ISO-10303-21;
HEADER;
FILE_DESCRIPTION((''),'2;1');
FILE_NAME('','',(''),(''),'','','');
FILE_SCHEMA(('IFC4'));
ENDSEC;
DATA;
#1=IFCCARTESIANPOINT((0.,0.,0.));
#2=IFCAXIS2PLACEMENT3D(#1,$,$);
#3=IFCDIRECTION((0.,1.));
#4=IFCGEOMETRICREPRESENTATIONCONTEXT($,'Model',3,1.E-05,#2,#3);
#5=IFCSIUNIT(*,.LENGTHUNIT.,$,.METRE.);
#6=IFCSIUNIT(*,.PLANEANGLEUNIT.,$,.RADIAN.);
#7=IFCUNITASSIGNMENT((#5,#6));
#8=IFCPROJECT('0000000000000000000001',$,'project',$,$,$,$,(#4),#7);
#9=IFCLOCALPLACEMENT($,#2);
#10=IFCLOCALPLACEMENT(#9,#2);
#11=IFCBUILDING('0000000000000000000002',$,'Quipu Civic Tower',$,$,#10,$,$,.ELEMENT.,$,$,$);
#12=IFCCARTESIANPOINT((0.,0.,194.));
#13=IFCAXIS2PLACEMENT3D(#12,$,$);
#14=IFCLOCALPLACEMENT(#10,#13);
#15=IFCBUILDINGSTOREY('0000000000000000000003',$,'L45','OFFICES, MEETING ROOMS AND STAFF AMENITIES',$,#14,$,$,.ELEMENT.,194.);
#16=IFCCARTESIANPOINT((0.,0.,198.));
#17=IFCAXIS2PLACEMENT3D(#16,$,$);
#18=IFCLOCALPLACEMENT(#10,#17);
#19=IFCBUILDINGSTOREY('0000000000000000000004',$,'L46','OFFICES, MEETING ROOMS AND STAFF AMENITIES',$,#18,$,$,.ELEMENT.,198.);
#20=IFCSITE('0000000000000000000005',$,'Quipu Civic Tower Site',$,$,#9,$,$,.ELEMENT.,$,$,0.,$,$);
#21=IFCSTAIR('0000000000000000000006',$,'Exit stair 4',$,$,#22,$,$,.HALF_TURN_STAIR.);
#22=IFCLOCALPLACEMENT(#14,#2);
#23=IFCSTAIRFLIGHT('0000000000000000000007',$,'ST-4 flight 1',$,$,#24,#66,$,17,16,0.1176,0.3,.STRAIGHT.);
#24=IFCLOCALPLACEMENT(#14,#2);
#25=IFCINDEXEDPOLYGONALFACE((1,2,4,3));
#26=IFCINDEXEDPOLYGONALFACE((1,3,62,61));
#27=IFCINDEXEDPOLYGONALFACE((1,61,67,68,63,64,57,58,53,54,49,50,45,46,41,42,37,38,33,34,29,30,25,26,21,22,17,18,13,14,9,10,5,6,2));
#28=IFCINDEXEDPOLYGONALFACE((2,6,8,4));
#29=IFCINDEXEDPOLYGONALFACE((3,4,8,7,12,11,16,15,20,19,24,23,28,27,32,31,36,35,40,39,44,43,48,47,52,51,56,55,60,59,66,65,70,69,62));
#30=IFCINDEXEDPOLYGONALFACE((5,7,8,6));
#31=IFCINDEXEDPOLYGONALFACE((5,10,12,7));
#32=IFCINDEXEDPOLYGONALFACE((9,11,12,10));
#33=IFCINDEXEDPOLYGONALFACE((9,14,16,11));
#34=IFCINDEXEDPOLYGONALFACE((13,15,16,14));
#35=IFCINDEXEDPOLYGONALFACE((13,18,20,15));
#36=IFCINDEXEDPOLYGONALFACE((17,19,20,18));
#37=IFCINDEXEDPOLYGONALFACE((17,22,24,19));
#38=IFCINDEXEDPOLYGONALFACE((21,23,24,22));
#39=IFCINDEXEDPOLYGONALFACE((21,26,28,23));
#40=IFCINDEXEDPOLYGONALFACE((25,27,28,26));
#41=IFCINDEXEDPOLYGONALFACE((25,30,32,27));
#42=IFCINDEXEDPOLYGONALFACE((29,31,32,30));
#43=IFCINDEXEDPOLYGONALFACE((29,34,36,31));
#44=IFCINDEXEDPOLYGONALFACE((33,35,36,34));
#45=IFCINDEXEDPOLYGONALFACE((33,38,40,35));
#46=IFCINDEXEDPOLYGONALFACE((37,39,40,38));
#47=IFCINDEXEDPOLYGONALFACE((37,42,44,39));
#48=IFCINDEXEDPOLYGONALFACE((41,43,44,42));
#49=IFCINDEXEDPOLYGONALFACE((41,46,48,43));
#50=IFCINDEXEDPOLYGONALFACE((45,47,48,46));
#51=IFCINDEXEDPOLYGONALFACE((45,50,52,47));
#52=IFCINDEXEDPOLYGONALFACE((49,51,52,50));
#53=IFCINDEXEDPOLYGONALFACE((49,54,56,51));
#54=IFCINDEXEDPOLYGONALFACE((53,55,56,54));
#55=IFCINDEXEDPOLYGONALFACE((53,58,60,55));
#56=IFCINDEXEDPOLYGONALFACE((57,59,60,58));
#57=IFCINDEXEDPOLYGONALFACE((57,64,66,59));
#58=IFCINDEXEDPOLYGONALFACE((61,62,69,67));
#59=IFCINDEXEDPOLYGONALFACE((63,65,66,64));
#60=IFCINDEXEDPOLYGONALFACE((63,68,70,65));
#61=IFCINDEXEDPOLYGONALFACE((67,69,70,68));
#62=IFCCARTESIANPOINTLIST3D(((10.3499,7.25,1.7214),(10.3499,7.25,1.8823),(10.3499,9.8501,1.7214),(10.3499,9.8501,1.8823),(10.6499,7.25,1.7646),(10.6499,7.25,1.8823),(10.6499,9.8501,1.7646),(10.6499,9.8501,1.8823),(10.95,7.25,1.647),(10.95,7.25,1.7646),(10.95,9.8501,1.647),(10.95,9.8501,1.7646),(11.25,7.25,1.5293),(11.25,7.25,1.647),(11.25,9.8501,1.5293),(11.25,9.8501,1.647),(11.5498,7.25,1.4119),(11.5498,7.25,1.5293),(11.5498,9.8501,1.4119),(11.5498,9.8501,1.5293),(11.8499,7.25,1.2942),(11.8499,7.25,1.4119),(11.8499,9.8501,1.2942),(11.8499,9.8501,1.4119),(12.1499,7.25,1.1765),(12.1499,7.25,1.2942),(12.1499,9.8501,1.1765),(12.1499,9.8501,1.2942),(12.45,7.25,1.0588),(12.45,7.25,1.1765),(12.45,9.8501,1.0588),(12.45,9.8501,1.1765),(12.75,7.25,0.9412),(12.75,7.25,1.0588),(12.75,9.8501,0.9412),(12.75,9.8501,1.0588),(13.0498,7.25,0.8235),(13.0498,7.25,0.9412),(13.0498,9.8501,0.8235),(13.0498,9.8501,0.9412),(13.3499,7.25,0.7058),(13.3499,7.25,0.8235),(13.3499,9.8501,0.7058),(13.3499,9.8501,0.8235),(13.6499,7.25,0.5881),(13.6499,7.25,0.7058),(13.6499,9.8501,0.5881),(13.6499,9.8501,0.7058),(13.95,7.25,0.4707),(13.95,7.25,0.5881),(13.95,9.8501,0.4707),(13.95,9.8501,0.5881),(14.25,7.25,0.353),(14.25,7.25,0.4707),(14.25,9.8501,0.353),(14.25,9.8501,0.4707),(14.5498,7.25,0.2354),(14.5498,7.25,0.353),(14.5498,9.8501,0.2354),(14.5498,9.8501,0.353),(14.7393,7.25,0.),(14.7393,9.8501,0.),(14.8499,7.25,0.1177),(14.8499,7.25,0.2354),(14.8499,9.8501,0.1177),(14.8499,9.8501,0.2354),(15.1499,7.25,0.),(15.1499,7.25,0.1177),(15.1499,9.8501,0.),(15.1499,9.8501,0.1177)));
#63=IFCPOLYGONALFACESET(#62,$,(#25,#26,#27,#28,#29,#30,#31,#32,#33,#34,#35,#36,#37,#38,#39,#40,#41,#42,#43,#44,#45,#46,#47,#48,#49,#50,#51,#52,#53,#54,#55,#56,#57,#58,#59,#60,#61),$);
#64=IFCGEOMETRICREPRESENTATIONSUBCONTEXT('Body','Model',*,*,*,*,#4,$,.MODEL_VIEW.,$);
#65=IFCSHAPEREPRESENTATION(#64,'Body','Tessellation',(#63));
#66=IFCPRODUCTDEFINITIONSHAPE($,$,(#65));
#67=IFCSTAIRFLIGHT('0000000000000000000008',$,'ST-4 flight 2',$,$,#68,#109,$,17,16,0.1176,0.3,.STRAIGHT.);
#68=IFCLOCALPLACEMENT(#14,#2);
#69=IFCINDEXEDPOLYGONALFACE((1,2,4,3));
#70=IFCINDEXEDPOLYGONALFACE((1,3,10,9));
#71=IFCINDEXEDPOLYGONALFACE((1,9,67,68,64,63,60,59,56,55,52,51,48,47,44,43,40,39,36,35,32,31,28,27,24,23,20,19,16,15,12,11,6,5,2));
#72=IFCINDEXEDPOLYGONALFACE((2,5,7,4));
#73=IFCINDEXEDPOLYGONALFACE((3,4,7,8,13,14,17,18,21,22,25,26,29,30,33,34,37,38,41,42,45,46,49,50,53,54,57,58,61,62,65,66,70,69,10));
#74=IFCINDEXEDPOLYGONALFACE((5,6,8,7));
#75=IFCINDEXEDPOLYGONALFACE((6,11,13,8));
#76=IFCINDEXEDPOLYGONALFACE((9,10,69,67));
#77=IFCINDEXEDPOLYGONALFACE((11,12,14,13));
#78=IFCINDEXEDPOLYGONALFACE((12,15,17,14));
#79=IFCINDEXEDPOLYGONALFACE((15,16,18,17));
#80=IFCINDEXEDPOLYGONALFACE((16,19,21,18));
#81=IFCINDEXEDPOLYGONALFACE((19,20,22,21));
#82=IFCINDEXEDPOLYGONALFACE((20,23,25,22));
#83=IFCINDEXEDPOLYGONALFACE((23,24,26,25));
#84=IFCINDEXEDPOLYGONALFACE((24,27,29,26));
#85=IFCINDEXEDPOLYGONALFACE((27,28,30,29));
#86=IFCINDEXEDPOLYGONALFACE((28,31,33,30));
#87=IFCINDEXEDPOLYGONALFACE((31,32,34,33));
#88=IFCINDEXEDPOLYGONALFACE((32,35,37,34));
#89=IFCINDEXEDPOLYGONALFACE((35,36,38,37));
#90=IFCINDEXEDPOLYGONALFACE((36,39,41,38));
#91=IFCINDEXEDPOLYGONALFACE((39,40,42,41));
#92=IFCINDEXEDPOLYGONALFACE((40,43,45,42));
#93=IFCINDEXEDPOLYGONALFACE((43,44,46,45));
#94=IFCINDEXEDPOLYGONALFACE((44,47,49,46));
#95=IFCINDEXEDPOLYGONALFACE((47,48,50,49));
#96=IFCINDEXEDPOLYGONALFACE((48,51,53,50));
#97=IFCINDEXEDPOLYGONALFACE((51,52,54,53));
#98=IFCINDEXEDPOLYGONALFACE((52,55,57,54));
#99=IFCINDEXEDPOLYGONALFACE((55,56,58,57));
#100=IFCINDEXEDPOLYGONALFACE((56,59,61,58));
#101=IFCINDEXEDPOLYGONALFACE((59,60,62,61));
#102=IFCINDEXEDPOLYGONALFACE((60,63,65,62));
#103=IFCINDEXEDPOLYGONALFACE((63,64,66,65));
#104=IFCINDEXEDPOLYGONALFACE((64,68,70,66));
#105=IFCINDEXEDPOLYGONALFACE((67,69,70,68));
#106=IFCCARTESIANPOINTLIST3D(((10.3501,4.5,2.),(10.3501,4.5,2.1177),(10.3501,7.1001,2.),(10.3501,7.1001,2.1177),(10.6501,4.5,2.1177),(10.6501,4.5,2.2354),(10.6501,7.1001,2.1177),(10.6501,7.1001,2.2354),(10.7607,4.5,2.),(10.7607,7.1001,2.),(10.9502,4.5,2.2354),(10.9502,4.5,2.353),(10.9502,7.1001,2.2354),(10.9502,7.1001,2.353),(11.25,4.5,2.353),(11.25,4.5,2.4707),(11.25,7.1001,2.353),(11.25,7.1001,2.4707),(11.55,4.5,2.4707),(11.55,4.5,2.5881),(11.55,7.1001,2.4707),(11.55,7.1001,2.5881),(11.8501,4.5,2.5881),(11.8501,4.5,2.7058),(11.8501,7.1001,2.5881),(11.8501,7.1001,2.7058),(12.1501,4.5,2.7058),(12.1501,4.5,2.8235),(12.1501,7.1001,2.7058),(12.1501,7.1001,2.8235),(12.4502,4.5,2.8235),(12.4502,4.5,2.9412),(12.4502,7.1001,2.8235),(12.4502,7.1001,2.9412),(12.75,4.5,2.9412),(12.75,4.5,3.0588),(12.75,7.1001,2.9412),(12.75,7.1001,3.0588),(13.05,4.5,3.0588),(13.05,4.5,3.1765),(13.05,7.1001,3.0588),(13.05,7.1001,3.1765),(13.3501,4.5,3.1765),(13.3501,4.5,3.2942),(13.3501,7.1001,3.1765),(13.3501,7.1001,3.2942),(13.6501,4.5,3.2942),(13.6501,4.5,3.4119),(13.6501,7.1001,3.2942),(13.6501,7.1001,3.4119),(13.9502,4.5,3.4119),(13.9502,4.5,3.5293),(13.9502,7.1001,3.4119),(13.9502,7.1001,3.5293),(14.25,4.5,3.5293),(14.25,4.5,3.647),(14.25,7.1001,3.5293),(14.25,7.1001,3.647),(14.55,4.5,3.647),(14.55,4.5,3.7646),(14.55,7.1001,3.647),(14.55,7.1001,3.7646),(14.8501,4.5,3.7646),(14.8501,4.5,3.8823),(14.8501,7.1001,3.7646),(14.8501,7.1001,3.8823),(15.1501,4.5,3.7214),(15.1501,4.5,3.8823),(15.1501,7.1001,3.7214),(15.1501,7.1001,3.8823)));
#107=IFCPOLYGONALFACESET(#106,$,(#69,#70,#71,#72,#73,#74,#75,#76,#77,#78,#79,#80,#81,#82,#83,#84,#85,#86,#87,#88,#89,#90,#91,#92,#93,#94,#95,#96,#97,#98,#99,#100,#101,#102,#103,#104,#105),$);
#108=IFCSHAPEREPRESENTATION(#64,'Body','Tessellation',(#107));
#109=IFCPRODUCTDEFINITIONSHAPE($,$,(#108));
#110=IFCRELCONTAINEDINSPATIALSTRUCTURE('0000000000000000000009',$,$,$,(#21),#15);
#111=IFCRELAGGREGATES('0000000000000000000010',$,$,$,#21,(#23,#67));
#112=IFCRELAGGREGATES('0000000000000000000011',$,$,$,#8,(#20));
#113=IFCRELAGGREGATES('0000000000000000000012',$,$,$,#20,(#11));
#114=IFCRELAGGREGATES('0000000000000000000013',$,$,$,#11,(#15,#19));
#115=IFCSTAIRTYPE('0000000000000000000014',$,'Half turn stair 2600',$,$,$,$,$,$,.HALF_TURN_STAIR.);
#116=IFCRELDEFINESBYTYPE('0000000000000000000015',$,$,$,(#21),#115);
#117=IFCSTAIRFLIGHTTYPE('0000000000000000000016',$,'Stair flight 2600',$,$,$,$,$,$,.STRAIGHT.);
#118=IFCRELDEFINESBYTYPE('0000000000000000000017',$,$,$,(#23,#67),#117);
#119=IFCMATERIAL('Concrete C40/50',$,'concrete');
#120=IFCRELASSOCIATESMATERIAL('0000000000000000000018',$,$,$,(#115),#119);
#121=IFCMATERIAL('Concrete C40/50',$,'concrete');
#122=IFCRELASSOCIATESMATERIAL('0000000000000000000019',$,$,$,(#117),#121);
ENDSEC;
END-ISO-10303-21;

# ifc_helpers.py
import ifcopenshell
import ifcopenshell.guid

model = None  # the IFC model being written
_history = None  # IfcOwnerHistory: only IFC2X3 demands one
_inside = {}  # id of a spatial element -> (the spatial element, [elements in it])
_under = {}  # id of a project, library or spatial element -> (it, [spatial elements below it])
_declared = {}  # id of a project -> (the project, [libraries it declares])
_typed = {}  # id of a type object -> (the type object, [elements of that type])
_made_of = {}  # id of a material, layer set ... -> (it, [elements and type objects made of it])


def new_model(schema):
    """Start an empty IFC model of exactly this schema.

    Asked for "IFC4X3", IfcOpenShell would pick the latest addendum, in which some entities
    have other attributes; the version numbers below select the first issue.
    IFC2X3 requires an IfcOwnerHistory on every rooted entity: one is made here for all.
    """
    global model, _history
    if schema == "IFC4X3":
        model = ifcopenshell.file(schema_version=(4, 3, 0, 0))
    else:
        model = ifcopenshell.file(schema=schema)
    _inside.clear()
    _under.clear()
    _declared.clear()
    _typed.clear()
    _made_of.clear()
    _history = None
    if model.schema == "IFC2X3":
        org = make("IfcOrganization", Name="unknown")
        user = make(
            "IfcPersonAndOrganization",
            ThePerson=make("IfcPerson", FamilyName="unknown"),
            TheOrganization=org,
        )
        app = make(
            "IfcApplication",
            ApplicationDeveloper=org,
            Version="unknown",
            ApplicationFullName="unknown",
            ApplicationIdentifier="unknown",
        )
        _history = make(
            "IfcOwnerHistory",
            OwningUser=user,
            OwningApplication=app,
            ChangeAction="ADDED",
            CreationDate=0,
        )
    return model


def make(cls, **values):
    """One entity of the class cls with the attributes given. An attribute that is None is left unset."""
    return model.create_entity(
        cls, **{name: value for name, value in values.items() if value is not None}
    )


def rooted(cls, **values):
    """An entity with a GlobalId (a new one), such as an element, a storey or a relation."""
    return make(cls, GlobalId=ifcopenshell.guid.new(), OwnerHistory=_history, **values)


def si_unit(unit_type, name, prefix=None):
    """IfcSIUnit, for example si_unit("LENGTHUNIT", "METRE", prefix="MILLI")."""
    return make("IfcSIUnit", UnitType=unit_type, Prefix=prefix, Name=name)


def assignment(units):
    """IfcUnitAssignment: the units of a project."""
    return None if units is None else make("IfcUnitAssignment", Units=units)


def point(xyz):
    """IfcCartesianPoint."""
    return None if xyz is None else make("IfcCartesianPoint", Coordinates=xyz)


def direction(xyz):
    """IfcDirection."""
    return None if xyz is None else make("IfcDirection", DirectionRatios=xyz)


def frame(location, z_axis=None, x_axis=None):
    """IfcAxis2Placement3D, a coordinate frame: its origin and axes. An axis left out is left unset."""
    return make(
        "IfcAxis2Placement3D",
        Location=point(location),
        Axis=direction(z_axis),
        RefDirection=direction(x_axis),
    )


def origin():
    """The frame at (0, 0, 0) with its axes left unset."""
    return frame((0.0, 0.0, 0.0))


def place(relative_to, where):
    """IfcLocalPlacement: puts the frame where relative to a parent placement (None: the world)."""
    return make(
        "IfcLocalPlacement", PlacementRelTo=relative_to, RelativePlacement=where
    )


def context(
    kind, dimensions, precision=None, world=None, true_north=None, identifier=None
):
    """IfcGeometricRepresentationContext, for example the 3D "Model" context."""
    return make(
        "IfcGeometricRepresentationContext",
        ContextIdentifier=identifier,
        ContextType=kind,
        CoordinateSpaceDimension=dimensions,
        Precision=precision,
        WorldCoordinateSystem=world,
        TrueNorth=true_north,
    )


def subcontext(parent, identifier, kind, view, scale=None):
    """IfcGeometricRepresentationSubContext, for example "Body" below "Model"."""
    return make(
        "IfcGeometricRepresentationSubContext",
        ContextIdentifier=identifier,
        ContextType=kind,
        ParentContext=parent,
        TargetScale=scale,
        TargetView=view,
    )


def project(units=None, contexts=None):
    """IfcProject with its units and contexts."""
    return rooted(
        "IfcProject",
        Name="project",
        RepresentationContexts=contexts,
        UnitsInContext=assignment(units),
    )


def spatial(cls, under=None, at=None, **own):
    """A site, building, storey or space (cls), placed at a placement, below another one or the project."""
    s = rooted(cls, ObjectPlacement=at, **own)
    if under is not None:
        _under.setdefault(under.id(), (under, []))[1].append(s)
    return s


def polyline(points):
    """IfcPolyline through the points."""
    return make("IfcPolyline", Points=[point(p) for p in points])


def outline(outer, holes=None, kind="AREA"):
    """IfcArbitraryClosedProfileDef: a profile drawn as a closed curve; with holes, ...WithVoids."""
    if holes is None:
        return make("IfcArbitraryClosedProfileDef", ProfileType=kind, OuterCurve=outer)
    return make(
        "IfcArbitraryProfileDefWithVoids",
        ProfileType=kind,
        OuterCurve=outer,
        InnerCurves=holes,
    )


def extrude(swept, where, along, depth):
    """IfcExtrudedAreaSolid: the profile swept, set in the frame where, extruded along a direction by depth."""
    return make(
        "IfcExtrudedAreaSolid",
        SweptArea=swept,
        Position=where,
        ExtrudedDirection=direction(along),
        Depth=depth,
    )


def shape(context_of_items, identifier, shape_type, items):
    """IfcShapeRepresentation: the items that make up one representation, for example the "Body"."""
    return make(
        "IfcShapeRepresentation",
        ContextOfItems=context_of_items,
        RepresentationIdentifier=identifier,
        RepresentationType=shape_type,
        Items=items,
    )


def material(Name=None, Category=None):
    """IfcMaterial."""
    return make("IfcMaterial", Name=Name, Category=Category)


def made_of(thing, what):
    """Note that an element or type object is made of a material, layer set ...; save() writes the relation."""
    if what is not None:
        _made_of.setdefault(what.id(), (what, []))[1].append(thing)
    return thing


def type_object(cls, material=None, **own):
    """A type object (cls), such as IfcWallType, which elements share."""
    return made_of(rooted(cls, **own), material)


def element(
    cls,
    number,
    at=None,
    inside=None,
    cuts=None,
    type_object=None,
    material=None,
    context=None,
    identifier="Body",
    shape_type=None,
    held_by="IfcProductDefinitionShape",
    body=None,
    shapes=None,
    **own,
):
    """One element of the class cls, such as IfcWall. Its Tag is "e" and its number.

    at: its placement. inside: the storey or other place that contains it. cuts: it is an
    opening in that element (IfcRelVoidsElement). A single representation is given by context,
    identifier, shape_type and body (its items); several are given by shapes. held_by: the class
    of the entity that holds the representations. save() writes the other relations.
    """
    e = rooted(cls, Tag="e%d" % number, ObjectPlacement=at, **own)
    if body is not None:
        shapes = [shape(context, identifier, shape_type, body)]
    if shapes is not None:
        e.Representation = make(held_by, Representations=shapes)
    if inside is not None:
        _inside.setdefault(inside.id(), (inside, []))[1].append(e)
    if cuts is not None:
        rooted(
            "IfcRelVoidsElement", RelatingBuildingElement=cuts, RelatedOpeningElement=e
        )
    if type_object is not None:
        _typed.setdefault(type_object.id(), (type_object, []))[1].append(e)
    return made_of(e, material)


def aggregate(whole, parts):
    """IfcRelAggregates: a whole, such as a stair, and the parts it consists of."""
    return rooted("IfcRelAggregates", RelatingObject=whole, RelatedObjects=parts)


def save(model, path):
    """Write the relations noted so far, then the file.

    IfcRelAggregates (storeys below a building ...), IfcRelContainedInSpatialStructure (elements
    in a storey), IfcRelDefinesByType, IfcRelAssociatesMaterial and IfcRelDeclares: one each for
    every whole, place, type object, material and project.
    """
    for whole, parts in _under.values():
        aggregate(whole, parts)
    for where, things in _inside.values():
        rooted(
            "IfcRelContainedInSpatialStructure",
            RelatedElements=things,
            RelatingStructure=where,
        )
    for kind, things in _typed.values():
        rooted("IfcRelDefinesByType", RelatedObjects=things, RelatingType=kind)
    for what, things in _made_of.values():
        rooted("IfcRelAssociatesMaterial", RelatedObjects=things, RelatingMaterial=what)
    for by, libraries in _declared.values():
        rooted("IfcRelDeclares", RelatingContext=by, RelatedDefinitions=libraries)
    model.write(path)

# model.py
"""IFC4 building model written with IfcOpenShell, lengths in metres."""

from ifc_helpers import new_model, si_unit, direction, frame, origin, place, context, subcontext, project, spatial, polyline, outline, extrude, material, type_object, element, aggregate, save


model = new_model("IFC4")

# Units and contexts
model_context = context("Model", 3, precision=1e-05, world=origin(), true_north=direction((0.0, 1.0)))
body_context = subcontext(model_context, "Body", "Model", "MODEL_VIEW")
ifc_project = project(units=[si_unit("LENGTHUNIT", "METRE"), si_unit("PLANEANGLEUNIT", "RADIAN")], contexts=[model_context])

# Site, building, storey
site_placement = place(None, origin())
site = spatial("IfcSite", under=ifc_project, at=site_placement, Name="Quipu Civic Tower Site", CompositionType="ELEMENT", RefElevation=0.0)
building_placement = place(site_placement, origin())
building = spatial("IfcBuilding", under=site, at=building_placement, Name="Quipu Civic Tower", CompositionType="ELEMENT")
storey_1_placement = place(building_placement, frame((0.0, 0.0, 194.0)))
storey_1 = spatial("IfcBuildingStorey", under=building, at=storey_1_placement, Name="L45", Description="OFFICES, MEETING ROOMS AND STAFF AMENITIES", CompositionType="ELEMENT", Elevation=194.0)

# Shared definitions
storey_2_placement = place(building_placement, frame((0.0, 0.0, 198.0)))
storey_2 = spatial("IfcBuildingStorey", under=building, at=storey_2_placement, Name="L46", Description="OFFICES, MEETING ROOMS AND STAFF AMENITIES", CompositionType="ELEMENT", Elevation=198.0)

# Stair, stair flights
ifc_material_1 = material(Name="Concrete C40/50", Category="concrete")
stair_type = type_object("IfcStairType", Name="Half turn stair 2600", PredefinedType="HALF_TURN_STAIR", material=ifc_material_1)
stair_placement = place(storey_1_placement, origin())
stair = element("IfcStair", 1, at=stair_placement, inside=storey_1, type_object=stair_type, Name="Exit stair 4", PredefinedType="HALF_TURN_STAIR")
ifc_material_2 = material(Name="Concrete C40/50", Category="concrete")
stair_flight_type = type_object("IfcStairFlightType", Name="Stair flight 2600", PredefinedType="STRAIGHT", material=ifc_material_2)
stair_flight_1_placement = place(storey_1_placement, frame((15.1499, 8.55, 0.0), z_axis=(0.0, 0.0, 1.0), x_axis=(-1.0, 0.0, 0.0)))
stair_flight_1 = element("IfcStairFlight", 2, at=stair_flight_1_placement, type_object=stair_flight_type, Name="ST-4 flight 1", NumberOfRisers=17, NumberOfTreads=16, PredefinedType="STRAIGHT", RiserHeight=0.1176, TreadLength=0.3, context=body_context, shape_type="SweptSolid", body=[
    extrude(outline(polyline([(0.0, 0.0), (0.0, 0.1177), (0.3, 0.1177), (0.3, 0.2354), (0.6001, 0.2354), (0.6001, 0.353), (0.8999, 0.353), (0.8999, 0.4707), (1.2, 0.4707), (1.2, 0.5881), (1.5, 0.5881), (1.5, 0.7058), (1.8, 0.7058), (1.8, 0.8235), (2.1001, 0.8235), (2.1001, 0.9412), (2.3999, 0.9412), (2.3999, 1.0588), (2.7, 1.0588), (2.7, 1.1765), (3.0, 1.1765), (3.0, 1.2942), (3.3, 1.2942), (3.3, 1.4119), (3.6001, 1.4119), (3.6001, 1.5293), (3.8999, 1.5293), (3.8999, 1.647), (4.2, 1.647), (4.2, 1.7646), (4.5, 1.7646), (4.5, 1.8823), (4.8, 1.8823), (4.8, 2.0), (4.8, 1.7214), (0.4106, 0.0), (0.0, 0.0)])), frame((0.0, 1.3, 0.0), z_axis=(0.0, -1.0, 0.0), x_axis=(1.0, 0.0, 0.0)), (0.0, 0.0, 1.0), 2.6001),
])
stair_flight_2_placement = place(storey_1_placement, frame((10.3501, 5.8, 2.0), z_axis=(0.0, 0.0, 1.0), x_axis=(1.0, 0.0, 0.0)))
stair_flight_2 = element("IfcStairFlight", 3, at=stair_flight_2_placement, type_object=stair_flight_type, Name="ST-4 flight 2", NumberOfRisers=17, NumberOfTreads=16, PredefinedType="STRAIGHT", RiserHeight=0.1176, TreadLength=0.3, context=body_context, shape_type="SweptSolid", body=[
    extrude(outline(polyline([(0.0, 0.0), (0.0, 0.1177), (0.3, 0.1177), (0.3, 0.2354), (0.6001, 0.2354), (0.6001, 0.353), (0.8999, 0.353), (0.8999, 0.4707), (1.2, 0.4707), (1.2, 0.5881), (1.5, 0.5881), (1.5, 0.7058), (1.8, 0.7058), (1.8, 0.8235), (2.1001, 0.8235), (2.1001, 0.9412), (2.3999, 0.9412), (2.3999, 1.0588), (2.7, 1.0588), (2.7, 1.1765), (3.0, 1.1765), (3.0, 1.2942), (3.3, 1.2942), (3.3, 1.4119), (3.6001, 1.4119), (3.6001, 1.5293), (3.8999, 1.5293), (3.8999, 1.647), (4.2, 1.647), (4.2, 1.7646), (4.5, 1.7646), (4.5, 1.8823), (4.8, 1.8823), (4.8, 2.0), (4.8, 1.7214), (0.4106, 0.0), (0.0, 0.0)])), frame((0.0, 1.3, 0.0), z_axis=(0.0, -1.0, 0.0), x_axis=(1.0, 0.0, 0.0)), (0.0, 0.0, 1.0), 2.6001),
])
aggregate(stair, [stair_flight_1, stair_flight_2])

save(model, "model.ifc")
